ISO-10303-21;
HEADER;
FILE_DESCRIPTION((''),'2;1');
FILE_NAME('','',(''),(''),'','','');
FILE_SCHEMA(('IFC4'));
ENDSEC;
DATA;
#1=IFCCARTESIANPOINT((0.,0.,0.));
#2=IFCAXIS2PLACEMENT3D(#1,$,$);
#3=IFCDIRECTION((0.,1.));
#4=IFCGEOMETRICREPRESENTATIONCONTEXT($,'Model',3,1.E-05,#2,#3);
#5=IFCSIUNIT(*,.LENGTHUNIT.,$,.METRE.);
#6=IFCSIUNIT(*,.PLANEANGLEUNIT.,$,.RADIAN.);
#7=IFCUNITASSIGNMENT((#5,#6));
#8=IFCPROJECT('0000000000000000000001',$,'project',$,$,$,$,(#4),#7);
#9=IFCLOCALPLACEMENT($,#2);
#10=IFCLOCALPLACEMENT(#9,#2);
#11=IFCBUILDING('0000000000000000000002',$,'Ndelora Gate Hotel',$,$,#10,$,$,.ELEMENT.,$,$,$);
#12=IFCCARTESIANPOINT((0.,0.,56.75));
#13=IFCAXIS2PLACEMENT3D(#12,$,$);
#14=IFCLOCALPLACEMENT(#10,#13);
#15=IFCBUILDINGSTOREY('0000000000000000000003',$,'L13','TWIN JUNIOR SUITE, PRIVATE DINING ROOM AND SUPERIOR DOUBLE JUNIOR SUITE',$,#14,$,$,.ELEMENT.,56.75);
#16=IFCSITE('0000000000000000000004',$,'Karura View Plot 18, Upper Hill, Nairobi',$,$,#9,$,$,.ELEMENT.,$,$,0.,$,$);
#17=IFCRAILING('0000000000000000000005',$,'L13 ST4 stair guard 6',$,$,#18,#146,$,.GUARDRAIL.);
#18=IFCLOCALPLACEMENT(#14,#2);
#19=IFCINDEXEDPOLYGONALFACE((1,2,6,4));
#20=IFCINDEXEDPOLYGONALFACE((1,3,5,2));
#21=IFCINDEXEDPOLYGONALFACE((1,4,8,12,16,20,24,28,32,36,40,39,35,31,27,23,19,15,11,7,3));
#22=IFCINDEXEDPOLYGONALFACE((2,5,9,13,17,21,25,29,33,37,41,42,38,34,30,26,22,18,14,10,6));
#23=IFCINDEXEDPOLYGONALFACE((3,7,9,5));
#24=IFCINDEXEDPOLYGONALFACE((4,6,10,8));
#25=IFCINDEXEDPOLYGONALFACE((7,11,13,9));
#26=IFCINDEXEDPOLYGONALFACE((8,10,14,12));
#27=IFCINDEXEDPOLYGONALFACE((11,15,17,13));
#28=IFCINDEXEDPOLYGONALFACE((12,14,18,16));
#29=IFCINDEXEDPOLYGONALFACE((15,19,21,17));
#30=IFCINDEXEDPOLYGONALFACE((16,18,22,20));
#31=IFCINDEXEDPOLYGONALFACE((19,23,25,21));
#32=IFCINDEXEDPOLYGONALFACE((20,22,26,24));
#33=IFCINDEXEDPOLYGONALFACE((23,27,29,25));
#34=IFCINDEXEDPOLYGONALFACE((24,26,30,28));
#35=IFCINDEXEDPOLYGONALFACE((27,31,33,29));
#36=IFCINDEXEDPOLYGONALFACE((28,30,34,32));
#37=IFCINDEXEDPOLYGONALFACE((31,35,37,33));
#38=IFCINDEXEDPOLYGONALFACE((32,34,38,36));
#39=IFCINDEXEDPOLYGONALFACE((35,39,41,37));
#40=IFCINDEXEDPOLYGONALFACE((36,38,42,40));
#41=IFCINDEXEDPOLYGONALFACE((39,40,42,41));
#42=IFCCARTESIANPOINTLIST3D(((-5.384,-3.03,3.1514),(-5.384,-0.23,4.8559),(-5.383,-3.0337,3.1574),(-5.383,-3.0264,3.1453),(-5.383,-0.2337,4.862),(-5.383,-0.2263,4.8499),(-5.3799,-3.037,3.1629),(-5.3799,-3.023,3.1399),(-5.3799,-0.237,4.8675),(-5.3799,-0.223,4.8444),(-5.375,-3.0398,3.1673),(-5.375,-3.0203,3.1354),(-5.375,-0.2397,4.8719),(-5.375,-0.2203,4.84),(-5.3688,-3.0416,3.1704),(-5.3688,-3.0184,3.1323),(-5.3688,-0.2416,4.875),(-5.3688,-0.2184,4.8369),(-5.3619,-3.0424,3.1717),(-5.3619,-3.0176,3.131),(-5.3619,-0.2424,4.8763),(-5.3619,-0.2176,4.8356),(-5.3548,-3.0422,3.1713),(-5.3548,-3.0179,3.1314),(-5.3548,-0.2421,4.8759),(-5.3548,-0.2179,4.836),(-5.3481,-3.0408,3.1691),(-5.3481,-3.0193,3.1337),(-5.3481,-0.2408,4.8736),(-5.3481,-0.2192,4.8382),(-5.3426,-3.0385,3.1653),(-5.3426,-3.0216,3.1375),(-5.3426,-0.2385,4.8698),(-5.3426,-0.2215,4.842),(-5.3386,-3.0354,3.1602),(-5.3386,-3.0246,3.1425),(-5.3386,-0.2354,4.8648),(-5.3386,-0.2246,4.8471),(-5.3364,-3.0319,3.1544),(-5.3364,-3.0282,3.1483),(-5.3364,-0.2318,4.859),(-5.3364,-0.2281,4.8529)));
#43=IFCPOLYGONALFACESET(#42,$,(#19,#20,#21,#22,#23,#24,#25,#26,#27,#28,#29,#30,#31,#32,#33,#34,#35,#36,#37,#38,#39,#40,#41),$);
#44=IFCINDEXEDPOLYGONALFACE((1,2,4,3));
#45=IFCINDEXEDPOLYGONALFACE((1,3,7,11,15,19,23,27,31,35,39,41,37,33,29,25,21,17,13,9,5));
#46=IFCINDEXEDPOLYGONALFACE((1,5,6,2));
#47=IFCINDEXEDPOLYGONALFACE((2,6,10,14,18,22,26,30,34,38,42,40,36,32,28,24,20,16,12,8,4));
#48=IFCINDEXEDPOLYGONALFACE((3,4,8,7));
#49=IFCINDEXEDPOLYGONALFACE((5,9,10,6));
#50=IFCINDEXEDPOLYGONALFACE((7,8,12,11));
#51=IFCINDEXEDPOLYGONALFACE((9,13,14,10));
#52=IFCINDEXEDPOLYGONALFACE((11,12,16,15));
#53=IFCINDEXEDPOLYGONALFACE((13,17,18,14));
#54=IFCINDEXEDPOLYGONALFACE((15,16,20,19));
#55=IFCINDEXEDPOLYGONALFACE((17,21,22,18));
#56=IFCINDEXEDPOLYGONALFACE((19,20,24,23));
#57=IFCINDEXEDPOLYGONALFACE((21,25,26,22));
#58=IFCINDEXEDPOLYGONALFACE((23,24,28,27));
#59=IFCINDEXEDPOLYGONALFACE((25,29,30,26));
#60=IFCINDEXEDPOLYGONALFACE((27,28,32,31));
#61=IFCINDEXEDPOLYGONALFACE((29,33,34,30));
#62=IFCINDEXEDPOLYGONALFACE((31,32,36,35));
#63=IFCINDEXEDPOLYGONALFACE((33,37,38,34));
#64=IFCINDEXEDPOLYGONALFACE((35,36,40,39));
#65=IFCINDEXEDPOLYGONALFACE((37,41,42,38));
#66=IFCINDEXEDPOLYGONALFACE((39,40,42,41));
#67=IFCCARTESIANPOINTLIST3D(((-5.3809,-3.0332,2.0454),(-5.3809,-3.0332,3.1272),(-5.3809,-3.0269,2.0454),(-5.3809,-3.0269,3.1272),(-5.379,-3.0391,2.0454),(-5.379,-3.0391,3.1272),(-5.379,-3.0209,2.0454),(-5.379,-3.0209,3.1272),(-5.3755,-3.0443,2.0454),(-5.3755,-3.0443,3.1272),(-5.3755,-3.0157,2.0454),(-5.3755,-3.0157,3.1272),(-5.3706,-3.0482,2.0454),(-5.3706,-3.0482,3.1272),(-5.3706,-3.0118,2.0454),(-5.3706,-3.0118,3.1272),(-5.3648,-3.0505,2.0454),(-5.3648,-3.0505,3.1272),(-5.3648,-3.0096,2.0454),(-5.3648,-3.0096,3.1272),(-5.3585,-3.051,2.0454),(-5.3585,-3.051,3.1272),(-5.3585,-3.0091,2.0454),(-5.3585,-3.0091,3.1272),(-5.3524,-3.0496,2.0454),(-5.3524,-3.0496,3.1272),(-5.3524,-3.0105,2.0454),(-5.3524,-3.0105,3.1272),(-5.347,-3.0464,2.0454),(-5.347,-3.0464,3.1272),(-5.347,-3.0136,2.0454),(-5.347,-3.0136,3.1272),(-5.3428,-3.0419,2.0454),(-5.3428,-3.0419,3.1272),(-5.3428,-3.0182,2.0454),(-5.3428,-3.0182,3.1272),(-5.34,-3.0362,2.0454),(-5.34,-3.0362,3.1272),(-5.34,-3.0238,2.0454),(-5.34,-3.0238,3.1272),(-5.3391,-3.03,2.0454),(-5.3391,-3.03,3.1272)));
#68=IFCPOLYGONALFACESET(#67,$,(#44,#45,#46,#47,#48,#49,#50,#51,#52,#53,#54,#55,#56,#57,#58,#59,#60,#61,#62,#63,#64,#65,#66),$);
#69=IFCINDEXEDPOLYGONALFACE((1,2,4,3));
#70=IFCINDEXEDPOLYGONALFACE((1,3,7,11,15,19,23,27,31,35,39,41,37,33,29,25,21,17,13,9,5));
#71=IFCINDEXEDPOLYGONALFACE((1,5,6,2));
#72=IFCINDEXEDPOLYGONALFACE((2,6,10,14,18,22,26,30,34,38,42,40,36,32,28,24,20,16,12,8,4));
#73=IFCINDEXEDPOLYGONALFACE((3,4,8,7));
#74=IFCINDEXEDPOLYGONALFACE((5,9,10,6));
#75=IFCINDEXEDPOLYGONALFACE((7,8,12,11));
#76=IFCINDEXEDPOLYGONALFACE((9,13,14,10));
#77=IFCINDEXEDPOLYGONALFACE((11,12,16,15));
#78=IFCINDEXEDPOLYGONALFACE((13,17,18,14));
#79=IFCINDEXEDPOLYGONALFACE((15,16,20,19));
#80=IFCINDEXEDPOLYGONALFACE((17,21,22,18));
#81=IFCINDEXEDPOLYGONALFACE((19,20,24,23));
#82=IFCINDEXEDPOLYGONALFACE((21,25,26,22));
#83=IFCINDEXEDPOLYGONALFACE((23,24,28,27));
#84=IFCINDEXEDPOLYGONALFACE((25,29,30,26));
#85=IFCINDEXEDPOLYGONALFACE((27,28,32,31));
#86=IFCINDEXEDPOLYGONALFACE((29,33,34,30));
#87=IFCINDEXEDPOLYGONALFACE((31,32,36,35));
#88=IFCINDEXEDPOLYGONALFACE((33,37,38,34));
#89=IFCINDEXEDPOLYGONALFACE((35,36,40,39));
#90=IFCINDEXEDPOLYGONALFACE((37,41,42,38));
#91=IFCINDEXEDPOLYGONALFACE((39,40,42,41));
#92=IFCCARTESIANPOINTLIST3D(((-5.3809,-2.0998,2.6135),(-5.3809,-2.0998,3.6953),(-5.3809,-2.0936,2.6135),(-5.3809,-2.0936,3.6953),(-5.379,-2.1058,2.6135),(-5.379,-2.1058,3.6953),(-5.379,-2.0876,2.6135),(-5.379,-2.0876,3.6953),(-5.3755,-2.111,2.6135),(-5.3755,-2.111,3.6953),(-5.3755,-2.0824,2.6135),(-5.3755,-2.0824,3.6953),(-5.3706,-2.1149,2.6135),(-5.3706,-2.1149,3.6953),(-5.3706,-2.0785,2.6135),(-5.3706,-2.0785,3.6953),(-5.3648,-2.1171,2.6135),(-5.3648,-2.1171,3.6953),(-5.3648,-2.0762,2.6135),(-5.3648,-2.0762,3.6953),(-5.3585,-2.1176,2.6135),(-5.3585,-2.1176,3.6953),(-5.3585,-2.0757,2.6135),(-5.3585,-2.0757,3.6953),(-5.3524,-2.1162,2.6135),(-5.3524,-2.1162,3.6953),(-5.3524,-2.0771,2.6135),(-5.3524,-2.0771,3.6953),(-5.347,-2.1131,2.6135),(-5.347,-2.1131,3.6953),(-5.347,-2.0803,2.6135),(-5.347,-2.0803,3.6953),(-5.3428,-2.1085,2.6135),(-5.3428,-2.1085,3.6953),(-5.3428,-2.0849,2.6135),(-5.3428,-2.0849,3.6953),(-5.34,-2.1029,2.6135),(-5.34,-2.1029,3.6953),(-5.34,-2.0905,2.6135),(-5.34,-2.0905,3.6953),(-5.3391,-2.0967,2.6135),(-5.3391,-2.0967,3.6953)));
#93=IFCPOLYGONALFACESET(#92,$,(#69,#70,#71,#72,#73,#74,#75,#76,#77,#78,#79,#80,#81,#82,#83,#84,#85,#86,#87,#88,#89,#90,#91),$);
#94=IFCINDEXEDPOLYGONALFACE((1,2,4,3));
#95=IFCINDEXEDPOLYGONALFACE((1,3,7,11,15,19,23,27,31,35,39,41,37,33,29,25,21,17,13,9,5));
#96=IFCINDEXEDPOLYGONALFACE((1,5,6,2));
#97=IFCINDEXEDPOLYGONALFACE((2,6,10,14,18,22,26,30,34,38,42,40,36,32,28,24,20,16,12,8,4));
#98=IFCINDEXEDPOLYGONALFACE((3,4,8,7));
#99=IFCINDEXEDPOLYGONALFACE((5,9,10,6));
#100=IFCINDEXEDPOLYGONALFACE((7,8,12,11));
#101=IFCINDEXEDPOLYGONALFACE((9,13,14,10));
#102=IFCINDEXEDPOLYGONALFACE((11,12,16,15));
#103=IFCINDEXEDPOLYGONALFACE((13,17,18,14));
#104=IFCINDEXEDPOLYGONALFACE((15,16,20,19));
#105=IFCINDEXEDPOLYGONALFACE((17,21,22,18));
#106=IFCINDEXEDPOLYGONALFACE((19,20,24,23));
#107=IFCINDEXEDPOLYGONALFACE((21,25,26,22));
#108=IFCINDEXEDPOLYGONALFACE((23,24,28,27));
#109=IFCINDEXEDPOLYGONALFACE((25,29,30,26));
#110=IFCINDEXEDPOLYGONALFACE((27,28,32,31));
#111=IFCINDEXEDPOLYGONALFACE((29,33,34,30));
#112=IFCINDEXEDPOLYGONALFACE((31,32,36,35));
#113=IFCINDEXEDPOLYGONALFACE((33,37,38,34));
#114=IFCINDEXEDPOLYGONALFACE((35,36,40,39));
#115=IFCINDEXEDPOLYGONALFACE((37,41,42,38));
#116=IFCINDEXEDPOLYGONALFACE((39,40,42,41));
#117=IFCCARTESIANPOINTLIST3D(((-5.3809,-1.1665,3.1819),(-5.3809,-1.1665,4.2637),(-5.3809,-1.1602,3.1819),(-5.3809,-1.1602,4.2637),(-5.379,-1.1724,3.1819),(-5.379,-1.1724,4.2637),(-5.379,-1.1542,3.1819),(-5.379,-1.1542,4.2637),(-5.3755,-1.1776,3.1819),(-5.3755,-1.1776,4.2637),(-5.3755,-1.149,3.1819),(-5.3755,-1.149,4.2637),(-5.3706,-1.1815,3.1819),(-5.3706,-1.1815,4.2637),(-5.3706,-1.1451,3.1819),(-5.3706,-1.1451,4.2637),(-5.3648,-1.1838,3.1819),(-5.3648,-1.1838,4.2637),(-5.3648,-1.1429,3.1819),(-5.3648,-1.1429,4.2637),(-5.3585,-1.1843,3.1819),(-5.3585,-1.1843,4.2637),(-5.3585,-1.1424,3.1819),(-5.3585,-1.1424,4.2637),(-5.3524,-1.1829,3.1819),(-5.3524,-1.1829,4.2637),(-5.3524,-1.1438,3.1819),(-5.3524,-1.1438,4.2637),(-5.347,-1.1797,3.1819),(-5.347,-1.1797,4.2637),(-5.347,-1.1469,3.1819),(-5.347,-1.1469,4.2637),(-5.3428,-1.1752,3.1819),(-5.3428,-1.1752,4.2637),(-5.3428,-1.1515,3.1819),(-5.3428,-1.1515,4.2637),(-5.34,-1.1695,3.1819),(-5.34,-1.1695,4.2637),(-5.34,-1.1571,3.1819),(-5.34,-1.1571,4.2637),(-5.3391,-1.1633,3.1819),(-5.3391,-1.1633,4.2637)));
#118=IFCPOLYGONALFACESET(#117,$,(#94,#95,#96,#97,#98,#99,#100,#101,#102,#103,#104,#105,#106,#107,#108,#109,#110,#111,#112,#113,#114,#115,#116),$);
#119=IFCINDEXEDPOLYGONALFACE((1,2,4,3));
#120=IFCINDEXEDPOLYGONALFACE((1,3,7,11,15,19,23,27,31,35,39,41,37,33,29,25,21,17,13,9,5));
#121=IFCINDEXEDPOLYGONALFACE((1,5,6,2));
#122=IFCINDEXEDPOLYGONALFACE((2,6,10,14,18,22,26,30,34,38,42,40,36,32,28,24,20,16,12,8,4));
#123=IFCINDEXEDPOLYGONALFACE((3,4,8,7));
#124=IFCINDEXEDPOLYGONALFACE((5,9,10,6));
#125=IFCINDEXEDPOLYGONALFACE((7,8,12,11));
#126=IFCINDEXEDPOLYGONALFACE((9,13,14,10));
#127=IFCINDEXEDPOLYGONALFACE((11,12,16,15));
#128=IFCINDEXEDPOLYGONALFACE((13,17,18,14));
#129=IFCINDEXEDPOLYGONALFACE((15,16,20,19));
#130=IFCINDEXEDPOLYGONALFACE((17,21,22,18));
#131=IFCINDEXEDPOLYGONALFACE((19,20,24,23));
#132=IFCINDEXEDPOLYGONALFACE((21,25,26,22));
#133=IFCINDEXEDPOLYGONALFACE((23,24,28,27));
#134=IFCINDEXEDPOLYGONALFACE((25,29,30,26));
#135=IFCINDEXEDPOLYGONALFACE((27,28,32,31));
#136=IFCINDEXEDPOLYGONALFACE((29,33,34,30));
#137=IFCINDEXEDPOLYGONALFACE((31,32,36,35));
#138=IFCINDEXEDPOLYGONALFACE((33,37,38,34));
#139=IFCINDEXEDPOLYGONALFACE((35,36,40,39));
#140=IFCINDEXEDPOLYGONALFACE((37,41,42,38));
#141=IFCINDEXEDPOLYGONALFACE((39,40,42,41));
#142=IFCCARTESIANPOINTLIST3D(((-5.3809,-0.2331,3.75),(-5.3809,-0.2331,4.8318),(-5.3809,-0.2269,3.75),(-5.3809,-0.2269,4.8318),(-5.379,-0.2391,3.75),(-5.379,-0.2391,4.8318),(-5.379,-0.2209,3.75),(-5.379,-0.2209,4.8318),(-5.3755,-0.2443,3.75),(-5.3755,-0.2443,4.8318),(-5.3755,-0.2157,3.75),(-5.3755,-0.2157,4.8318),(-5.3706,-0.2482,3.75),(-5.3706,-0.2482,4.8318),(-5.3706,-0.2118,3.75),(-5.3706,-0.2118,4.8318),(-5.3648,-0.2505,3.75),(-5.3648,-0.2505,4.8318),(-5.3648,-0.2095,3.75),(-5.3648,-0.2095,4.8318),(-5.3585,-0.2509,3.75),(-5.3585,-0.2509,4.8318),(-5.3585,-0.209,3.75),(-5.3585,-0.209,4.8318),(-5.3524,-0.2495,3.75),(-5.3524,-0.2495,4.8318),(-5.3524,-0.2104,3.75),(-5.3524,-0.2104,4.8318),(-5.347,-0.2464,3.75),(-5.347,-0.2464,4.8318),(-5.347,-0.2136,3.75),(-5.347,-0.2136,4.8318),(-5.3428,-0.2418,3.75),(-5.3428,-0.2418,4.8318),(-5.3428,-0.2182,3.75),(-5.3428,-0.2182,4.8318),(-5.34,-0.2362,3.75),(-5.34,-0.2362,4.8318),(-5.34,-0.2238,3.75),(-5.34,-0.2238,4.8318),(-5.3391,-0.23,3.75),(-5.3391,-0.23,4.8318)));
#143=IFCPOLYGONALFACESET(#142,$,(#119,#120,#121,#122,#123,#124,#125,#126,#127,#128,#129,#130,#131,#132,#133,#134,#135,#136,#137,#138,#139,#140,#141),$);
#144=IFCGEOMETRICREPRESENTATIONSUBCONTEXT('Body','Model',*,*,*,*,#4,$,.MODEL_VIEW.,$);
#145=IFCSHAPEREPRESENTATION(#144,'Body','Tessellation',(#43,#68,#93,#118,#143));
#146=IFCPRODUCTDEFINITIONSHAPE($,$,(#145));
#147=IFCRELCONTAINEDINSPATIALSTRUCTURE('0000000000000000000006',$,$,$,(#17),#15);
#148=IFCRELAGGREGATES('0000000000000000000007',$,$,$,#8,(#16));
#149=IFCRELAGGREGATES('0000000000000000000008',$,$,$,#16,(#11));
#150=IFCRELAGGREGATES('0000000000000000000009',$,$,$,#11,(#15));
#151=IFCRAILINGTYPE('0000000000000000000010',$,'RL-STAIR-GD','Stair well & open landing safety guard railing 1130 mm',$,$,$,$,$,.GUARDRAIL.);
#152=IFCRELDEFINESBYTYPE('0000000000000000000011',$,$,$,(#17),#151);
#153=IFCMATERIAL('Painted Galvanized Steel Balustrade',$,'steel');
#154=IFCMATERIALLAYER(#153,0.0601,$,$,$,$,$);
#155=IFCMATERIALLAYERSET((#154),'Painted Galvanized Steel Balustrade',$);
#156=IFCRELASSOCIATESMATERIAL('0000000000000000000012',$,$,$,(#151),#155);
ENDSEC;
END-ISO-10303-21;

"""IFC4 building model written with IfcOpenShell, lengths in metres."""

from ifc_helpers import new_model, si_unit, direction, frame, origin, origin_2d, place, context, subcontext, project, spatial, circle, extrude, material, layer, layer_set, type_object, element, save


model = new_model("IFC4")

# Units and contexts
model_context = context("Model", 3, precision=1e-05, world=origin(), true_north=direction((0.0, 1.0)))
body_context = subcontext(model_context, "Body", "Model", "MODEL_VIEW")
ifc_project = project(units=[si_unit("LENGTHUNIT", "METRE"), si_unit("PLANEANGLEUNIT", "RADIAN")], contexts=[model_context])

# Site, building, storey
site_placement = place(None, origin())
site = spatial("IfcSite", under=ifc_project, at=site_placement, Name="Karura View Plot 18, Upper Hill, Nairobi", CompositionType="ELEMENT", RefElevation=0.0)
building_placement = place(site_placement, origin())
building = spatial("IfcBuilding", under=site, at=building_placement, Name="Ndelora Gate Hotel", CompositionType="ELEMENT")
storey_placement = place(building_placement, frame((0.0, 0.0, 56.75)))
storey = spatial("IfcBuildingStorey", under=building, at=storey_placement, Name="L13", Description="TWIN JUNIOR SUITE, PRIVATE DINING ROOM AND SUPERIOR DOUBLE JUNIOR SUITE", CompositionType="ELEMENT", Elevation=56.75)

# Railing
ifc_material_1 = material(Name="Painted Galvanized Steel Balustrade", Category="steel")
ifc_layer_1 = layer(ifc_material_1, 0.0601)
ifc_layer_set_1 = layer_set([ifc_layer_1], Name="Painted Galvanized Steel Balustrade")
railing_type_1 = type_object("IfcRailingType", Name="RL-STAIR-GD", Description="Stair well & open landing safety guard railing 1130 mm", PredefinedType="GUARDRAIL", material=ifc_layer_set_1)
railing_1_placement = place(storey_placement, frame((-5.3601, -3.03, 2.0454)))
element("IfcRailing", 1, at=railing_1_placement, inside=storey, type_object=railing_type_1, Name="L13 ST4 stair guard 6", PredefinedType="GUARDRAIL", context=body_context, shape_type="SweptSolid", body=[
    extrude(circle(Radius=0.0239, at=origin_2d()), frame((0.0, 0.0, 1.106), z_axis=(0.0, 0.85417, 0.519994), x_axis=(-1.0, 0.0, 0.0)), (0.0, 0.0, 1.0), 3.2781),
    extrude(circle(Radius=0.021, at=origin_2d()), origin(), (0.0, 0.0, 1.0), 1.0818),
    extrude(circle(Radius=0.021, at=origin_2d()), frame((0.0, 0.9333, 0.5681)), (0.0, 0.0, 1.0), 1.0818),
    extrude(circle(Radius=0.021, at=origin_2d()), frame((0.0, 1.8667, 1.1365)), (0.0, 0.0, 1.0), 1.0818),
    extrude(circle(Radius=0.021, at=origin_2d()), frame((0.0, 2.8, 1.7046)), (0.0, 0.0, 1.0), 1.0818),
])

save(model, "model.ifc")
